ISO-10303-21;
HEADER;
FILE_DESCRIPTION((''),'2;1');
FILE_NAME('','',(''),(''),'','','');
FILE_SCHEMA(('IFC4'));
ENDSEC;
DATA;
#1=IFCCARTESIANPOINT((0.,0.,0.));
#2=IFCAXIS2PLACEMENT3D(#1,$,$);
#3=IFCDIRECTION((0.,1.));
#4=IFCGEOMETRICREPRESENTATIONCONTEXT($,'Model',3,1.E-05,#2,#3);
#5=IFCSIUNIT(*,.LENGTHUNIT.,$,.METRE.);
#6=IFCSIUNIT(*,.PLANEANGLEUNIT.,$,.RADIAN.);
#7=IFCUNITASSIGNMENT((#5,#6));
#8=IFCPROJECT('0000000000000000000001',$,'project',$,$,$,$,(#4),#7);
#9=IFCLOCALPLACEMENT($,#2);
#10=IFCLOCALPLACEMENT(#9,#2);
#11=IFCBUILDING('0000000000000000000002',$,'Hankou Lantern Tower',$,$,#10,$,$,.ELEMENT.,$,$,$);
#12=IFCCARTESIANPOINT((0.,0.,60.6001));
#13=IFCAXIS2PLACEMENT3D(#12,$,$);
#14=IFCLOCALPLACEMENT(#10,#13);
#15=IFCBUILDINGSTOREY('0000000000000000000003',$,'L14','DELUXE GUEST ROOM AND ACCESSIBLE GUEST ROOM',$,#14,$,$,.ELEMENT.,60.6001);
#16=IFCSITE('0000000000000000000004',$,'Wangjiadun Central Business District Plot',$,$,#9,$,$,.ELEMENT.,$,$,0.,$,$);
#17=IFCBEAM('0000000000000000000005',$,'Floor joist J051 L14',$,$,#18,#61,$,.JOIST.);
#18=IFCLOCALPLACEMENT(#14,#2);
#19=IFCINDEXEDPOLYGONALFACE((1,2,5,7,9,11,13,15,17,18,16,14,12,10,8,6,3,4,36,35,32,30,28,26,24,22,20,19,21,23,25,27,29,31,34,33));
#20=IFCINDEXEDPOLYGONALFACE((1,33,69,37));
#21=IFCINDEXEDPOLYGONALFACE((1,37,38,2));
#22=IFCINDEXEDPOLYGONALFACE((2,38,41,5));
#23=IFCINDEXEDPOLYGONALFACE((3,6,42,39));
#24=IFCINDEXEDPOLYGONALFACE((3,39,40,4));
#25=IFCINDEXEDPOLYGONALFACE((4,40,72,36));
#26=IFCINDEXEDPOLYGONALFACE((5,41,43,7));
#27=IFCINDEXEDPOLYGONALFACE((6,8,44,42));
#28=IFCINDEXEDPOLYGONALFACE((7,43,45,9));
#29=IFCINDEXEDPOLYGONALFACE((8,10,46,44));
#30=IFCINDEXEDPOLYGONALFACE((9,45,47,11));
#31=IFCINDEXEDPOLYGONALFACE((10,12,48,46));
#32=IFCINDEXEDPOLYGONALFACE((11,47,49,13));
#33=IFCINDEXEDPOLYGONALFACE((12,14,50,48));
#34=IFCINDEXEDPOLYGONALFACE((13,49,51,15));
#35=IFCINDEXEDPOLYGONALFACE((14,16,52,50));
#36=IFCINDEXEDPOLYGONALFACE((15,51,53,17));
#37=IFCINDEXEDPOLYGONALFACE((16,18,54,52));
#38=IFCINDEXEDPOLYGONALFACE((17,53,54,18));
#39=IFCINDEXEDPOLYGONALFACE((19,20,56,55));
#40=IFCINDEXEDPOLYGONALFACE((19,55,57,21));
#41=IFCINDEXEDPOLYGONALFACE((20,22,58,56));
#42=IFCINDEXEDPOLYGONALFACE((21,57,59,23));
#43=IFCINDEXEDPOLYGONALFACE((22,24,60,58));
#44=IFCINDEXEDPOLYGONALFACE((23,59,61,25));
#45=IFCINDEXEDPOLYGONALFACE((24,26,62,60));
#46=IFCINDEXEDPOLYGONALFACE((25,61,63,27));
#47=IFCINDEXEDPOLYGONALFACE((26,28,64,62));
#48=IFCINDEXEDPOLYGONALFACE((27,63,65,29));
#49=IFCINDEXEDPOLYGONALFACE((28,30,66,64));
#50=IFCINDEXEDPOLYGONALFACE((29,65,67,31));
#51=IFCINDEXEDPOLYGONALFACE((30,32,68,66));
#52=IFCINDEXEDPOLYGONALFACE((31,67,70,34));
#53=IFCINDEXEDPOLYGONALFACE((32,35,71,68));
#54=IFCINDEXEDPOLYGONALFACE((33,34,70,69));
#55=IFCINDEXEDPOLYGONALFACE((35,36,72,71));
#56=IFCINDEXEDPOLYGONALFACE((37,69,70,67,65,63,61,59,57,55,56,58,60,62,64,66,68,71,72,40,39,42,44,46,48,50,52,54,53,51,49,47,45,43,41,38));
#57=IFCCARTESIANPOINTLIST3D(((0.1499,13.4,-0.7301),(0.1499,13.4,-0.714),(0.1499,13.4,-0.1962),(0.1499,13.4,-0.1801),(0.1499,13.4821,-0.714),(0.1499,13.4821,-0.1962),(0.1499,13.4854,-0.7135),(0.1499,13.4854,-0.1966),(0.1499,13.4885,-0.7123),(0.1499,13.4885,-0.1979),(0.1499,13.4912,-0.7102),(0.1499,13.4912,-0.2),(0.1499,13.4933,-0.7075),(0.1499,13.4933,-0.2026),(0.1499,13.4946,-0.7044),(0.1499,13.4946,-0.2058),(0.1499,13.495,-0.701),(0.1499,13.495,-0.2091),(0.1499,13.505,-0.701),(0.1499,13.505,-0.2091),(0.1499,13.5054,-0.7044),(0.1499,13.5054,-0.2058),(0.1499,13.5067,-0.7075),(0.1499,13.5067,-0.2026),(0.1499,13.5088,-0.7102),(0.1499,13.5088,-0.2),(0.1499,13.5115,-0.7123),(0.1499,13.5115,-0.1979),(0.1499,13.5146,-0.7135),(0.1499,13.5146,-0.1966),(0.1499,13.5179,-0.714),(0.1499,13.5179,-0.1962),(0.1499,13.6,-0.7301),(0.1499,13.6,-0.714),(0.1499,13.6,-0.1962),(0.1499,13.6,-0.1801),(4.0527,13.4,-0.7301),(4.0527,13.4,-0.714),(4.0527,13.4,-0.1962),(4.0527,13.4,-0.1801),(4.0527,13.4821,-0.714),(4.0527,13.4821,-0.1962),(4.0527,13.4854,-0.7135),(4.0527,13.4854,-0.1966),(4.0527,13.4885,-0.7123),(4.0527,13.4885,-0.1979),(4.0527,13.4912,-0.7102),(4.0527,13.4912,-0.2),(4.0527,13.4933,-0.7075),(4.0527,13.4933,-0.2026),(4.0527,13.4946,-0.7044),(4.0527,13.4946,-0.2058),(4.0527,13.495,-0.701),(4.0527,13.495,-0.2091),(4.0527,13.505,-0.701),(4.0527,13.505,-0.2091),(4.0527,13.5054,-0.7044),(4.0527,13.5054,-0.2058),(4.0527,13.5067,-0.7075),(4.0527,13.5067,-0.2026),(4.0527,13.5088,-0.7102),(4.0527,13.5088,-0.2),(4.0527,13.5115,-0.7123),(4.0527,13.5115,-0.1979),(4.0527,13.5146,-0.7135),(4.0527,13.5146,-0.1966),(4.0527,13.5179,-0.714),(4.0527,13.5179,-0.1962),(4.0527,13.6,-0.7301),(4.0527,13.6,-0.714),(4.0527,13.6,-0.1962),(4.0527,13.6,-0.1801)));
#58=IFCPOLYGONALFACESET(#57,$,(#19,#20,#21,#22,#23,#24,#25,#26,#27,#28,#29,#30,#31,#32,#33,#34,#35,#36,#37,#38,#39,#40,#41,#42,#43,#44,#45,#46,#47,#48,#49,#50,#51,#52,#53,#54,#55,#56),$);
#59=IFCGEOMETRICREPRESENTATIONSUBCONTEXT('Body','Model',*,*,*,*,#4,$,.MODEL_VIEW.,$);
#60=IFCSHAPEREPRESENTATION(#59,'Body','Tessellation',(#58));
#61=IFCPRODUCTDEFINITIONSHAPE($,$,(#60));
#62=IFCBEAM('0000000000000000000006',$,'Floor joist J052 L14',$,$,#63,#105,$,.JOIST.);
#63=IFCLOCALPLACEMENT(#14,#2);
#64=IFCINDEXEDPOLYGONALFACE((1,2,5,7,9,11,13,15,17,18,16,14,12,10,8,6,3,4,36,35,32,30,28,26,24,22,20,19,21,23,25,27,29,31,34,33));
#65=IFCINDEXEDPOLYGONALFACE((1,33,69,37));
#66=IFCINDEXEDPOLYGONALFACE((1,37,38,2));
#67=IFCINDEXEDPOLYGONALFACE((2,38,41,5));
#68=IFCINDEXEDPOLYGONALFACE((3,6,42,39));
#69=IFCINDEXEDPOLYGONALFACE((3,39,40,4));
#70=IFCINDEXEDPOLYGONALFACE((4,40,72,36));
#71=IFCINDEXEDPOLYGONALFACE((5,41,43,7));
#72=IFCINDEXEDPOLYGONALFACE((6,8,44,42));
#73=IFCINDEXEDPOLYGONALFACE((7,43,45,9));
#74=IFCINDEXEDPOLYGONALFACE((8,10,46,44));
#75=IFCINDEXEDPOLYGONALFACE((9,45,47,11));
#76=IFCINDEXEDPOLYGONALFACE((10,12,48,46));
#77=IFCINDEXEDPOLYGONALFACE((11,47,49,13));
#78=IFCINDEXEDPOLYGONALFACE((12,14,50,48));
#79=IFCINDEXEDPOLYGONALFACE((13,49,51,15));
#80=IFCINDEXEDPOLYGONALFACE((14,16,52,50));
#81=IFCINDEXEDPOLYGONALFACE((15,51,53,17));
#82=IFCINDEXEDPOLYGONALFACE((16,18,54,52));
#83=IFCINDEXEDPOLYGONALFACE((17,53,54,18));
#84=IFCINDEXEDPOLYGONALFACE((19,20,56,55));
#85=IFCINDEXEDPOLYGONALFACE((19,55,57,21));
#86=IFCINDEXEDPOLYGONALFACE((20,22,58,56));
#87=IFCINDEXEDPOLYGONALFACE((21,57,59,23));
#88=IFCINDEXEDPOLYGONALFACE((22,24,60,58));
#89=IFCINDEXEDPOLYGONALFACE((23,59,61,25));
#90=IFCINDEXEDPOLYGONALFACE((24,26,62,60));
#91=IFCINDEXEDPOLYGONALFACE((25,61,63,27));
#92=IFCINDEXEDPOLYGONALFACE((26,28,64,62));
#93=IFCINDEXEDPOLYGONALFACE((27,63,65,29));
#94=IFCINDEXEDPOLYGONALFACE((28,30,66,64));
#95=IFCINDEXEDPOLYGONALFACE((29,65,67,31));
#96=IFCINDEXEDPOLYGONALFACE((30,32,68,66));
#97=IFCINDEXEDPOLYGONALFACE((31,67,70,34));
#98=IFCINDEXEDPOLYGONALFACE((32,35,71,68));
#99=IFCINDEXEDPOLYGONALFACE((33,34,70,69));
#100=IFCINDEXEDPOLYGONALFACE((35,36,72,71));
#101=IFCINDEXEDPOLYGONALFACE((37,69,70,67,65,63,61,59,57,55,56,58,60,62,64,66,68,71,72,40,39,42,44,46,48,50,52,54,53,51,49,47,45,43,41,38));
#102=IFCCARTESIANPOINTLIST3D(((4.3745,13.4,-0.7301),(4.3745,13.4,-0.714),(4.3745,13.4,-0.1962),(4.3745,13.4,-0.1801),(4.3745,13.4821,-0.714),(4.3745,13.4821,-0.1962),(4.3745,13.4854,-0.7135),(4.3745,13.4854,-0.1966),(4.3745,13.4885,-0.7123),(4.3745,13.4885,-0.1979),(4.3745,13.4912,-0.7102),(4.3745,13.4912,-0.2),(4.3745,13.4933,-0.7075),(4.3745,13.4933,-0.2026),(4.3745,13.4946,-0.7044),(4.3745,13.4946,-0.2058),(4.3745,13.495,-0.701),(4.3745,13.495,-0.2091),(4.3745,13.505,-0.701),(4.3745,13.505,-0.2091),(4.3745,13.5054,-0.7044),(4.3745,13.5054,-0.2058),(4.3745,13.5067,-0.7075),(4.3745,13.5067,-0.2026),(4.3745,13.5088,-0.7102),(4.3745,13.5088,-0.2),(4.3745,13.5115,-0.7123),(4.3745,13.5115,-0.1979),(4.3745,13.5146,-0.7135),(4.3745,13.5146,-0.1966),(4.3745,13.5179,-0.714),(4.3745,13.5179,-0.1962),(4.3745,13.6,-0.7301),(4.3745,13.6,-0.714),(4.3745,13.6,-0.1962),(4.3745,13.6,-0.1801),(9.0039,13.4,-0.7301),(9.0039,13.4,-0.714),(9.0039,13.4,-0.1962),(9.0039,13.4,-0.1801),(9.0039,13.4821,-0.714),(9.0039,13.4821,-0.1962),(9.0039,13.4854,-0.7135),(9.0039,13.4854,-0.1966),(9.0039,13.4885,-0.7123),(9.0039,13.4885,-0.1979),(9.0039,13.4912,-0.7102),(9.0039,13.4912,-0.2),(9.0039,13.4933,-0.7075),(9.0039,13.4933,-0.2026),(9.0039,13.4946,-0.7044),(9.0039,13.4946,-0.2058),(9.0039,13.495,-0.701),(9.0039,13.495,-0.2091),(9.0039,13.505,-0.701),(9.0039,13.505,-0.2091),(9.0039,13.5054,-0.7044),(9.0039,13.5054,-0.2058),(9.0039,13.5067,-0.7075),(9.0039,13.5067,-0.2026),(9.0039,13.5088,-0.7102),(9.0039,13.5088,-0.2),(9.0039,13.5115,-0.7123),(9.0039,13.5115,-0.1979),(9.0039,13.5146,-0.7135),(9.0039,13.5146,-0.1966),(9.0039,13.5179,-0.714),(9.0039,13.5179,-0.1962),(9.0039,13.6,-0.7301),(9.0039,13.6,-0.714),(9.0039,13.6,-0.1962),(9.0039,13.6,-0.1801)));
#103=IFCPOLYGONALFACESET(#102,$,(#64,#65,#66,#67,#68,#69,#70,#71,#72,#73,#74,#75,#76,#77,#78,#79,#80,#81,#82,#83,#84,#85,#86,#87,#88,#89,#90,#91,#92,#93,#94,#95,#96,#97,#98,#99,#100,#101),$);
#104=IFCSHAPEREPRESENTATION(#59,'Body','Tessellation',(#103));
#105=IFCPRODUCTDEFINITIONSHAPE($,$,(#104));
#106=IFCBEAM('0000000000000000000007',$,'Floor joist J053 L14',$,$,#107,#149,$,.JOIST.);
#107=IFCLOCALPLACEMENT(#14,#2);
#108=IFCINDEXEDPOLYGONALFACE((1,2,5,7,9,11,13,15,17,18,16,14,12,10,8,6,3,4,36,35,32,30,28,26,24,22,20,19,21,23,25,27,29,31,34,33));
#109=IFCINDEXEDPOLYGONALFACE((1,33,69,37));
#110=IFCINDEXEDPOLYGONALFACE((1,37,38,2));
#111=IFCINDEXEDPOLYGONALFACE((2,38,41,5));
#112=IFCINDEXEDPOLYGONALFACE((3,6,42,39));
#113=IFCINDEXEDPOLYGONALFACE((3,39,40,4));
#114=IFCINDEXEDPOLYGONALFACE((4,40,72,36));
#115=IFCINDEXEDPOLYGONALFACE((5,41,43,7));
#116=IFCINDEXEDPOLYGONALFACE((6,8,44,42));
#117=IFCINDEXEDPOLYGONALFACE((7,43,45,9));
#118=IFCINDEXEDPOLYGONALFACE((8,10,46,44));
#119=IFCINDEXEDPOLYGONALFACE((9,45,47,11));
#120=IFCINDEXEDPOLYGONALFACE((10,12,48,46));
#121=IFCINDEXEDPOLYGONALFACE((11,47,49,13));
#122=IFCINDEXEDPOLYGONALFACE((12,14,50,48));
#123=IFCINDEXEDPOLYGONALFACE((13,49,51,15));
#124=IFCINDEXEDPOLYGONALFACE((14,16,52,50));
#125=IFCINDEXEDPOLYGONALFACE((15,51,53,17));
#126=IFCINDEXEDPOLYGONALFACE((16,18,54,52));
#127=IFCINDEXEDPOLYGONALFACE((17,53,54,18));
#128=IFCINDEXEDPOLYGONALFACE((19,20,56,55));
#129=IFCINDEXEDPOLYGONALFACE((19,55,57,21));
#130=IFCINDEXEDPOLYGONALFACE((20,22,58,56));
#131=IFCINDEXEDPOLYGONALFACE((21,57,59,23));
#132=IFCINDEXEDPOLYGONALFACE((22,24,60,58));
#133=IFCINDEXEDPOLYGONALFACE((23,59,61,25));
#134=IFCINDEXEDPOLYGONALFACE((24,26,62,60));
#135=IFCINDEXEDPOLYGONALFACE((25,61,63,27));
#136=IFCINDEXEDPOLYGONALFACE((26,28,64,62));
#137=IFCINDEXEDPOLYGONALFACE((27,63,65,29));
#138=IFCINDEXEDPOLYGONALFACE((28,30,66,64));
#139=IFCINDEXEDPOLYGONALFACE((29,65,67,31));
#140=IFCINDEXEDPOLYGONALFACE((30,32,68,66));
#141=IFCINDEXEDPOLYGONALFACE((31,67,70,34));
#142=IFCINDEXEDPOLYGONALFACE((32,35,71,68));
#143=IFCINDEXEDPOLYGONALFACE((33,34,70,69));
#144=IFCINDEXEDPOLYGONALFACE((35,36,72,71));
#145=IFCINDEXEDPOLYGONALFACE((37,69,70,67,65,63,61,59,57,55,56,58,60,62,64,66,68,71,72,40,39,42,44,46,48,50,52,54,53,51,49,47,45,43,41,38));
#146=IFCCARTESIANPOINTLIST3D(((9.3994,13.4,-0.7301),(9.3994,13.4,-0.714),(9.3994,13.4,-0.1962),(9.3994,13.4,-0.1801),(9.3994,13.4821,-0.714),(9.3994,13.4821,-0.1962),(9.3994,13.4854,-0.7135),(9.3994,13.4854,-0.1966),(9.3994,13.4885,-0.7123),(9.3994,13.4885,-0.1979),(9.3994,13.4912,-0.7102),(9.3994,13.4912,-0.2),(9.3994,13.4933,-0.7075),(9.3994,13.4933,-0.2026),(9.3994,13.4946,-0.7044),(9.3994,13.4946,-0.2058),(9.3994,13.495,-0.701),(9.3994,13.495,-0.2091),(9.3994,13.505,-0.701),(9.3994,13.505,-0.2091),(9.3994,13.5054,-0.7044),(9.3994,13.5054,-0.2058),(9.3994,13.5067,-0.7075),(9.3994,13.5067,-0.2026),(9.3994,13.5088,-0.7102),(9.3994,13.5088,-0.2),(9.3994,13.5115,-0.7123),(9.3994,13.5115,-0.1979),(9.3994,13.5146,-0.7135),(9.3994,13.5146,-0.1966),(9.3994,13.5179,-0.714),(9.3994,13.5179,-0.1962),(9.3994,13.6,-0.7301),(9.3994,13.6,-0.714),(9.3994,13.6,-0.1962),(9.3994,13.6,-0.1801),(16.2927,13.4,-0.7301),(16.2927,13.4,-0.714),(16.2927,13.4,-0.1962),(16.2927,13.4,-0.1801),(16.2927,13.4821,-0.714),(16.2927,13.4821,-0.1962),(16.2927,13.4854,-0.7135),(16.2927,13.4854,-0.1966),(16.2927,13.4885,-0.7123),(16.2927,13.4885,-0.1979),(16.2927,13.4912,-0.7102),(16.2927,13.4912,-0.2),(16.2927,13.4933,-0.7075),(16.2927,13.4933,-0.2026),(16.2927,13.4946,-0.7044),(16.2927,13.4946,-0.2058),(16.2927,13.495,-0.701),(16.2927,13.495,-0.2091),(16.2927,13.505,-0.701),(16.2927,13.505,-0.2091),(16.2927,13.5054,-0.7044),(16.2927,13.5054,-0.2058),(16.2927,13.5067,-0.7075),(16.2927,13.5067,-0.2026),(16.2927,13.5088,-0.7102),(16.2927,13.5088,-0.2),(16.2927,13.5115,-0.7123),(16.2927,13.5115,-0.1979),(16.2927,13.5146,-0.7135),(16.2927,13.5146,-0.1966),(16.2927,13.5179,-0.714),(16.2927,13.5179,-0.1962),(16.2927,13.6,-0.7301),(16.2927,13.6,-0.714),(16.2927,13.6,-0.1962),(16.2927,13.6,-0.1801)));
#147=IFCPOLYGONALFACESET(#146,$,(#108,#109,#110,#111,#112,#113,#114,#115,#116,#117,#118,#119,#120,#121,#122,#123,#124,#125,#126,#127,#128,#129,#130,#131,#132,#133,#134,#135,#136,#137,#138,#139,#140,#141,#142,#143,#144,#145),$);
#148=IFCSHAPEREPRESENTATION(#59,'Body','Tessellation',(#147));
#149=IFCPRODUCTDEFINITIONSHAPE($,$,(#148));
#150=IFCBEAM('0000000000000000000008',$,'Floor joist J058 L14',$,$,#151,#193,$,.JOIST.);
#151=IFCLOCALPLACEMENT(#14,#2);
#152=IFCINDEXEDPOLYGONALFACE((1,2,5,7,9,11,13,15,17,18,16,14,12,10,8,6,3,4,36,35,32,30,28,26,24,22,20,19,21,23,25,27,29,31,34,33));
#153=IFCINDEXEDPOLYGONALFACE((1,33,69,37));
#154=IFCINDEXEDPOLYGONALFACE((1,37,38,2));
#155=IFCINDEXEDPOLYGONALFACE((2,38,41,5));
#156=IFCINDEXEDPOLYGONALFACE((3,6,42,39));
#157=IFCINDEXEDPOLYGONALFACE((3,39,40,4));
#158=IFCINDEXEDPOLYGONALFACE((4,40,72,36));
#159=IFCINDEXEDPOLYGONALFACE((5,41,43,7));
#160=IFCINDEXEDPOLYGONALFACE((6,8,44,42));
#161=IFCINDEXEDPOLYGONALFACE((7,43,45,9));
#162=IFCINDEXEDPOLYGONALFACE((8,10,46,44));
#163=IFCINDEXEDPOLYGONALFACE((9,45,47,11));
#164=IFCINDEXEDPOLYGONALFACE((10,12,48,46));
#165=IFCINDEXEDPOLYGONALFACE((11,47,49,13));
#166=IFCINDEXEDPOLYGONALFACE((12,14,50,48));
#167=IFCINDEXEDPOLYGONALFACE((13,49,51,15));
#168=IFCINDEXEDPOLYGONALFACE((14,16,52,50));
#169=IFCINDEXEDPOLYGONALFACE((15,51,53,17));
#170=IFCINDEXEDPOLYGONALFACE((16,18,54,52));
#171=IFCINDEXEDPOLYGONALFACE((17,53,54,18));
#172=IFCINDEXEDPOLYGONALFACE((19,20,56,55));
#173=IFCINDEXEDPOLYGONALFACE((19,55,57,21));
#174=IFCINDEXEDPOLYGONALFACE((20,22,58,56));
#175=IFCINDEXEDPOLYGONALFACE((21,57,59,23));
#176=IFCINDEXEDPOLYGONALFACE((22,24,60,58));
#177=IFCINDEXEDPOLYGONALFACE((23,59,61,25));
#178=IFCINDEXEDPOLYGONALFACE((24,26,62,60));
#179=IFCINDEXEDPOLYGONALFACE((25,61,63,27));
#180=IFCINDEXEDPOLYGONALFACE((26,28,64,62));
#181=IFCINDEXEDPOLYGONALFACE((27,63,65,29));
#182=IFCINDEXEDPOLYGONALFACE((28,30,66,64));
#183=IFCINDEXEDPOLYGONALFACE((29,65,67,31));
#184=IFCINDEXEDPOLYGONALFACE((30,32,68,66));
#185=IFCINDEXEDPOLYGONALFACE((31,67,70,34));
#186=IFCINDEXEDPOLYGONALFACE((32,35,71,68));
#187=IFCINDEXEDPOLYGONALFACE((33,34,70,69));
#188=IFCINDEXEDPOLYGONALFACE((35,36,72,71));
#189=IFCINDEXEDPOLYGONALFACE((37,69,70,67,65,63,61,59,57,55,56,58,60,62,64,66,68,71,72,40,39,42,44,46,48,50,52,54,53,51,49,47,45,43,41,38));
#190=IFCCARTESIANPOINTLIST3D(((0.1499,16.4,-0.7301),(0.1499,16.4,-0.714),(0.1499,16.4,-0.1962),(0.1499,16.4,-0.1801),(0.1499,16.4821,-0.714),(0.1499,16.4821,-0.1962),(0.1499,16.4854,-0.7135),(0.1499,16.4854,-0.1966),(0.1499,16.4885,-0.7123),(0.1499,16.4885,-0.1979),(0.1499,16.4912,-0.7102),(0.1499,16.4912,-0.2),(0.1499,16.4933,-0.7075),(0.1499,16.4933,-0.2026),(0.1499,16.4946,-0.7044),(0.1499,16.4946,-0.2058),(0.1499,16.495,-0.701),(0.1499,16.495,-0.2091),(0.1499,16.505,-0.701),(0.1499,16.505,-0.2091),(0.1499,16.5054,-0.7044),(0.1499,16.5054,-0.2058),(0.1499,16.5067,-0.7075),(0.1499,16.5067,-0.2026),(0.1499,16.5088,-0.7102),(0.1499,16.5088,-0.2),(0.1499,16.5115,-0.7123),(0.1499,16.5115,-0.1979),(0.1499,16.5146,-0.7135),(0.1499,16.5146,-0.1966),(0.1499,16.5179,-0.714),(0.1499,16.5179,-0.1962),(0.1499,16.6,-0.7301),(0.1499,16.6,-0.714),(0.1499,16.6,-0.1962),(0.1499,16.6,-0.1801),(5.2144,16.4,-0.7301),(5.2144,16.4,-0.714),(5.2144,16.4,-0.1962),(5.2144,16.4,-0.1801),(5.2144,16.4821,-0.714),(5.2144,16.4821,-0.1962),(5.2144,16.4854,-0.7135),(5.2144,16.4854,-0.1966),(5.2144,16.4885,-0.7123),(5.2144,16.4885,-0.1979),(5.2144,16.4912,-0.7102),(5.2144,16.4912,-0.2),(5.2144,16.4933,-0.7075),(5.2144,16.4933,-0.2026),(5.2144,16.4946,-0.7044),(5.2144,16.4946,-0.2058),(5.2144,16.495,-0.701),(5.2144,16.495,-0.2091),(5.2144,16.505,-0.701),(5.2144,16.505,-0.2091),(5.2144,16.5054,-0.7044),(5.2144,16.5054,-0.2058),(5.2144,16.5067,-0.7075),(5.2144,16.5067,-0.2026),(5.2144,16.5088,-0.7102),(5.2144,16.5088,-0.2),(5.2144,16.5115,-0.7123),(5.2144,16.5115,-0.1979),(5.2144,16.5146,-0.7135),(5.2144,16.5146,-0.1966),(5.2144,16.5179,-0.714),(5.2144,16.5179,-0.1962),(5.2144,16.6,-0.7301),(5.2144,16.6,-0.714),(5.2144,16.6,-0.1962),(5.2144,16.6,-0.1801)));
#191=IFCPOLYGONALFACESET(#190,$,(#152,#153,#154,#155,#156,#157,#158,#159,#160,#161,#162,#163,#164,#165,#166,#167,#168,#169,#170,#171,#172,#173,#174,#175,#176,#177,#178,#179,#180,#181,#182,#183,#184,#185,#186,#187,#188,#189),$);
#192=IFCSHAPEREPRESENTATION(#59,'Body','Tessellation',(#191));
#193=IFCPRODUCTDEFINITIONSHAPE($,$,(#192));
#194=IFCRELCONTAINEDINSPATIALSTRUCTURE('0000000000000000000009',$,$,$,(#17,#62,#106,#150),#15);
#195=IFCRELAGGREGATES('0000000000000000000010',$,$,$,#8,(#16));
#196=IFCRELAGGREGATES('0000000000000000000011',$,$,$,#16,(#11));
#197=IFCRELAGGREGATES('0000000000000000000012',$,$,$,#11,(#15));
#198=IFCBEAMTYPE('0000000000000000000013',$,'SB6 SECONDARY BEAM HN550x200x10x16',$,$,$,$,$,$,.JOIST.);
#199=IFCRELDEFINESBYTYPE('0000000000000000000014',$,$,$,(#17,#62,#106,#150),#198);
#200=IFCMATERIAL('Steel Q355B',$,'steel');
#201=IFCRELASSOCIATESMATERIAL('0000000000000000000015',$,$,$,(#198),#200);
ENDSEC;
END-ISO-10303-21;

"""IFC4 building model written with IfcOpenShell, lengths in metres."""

from ifc_helpers import new_model, si_unit, direction, frame, origin, origin_2d, place, context, subcontext, project, spatial, i_section, extrude, material, material_profile, profile_set, type_object, element, save


model = new_model("IFC4")

# Units and contexts
model_context = context("Model", 3, precision=1e-05, world=origin(), true_north=direction((0.0, 1.0)))
body_context = subcontext(model_context, "Body", "Model", "MODEL_VIEW")
ifc_project = project(units=[si_unit("LENGTHUNIT", "METRE"), si_unit("PLANEANGLEUNIT", "RADIAN")], contexts=[model_context])

# Site, building, storey
site_placement = place(None, origin())
site = spatial("IfcSite", under=ifc_project, at=site_placement, Name="Wangjiadun Central Business District Plot", CompositionType="ELEMENT", RefElevation=0.0)
building_placement = place(site_placement, origin())
building = spatial("IfcBuilding", under=site, at=building_placement, Name="Hankou Lantern Tower", CompositionType="ELEMENT")
storey_placement = place(building_placement, frame((0.0, 0.0, 60.6001)))
storey = spatial("IfcBuildingStorey", under=building, at=storey_placement, Name="L14", Description="DELUXE GUEST ROOM AND ACCESSIBLE GUEST ROOM", CompositionType="ELEMENT", Elevation=60.6001)

# Beams
ifc_material_1 = material(Name="Steel Q355B", Category="steel")
ifc_material_profile_1 = material_profile(ifc_material_1, i_section(OverallWidth=0.2, OverallDepth=0.55, WebThickness=0.01, FlangeThickness=0.0161, FilletRadius=0.0129, at=origin_2d()), Name="HN550x200x10x16")
ifc_profile_set_1 = profile_set([ifc_material_profile_1], Name="Steel Q355B")
beam_type_1 = type_object("IfcBeamType", Name="SB6 SECONDARY BEAM HN550x200x10x16", PredefinedType="JOIST", material=ifc_profile_set_1)
beam_1_placement = place(storey_placement, frame((0.1499, 13.5, -0.4551), z_axis=(1.0, 0.0, 0.0), x_axis=(0.0, 1.0, 0.0)))
element("IfcBeam", 1, at=beam_1_placement, inside=storey, type_object=beam_type_1, Name="Floor joist J051 L14", PredefinedType="JOIST", context=body_context, shape_type="SweptSolid", body=[
    extrude(i_section(OverallWidth=0.2, OverallDepth=0.55, WebThickness=0.01, FlangeThickness=0.0161, FilletRadius=0.0129, at=origin_2d()), origin(), (0.0, 0.0, 1.0), 3.9028),
])
beam_2_placement = place(storey_placement, frame((4.3745, 13.5, -0.4551), z_axis=(1.0, 0.0, 0.0), x_axis=(0.0, 1.0, 0.0)))
element("IfcBeam", 2, at=beam_2_placement, inside=storey, type_object=beam_type_1, Name="Floor joist J052 L14", PredefinedType="JOIST", context=body_context, shape_type="SweptSolid", body=[
    extrude(i_section(OverallWidth=0.2, OverallDepth=0.55, WebThickness=0.01, FlangeThickness=0.0161, FilletRadius=0.0129, at=origin_2d()), origin(), (0.0, 0.0, 1.0), 4.6294),
])
beam_3_placement = place(storey_placement, frame((9.3994, 13.5, -0.4551), z_axis=(1.0, 0.0, 0.0), x_axis=(0.0, 1.0, 0.0)))
element("IfcBeam", 3, at=beam_3_placement, inside=storey, type_object=beam_type_1, Name="Floor joist J053 L14", PredefinedType="JOIST", context=body_context, shape_type="SweptSolid", body=[
    extrude(i_section(OverallWidth=0.2, OverallDepth=0.55, WebThickness=0.01, FlangeThickness=0.0161, FilletRadius=0.0129, at=origin_2d()), origin(), (0.0, 0.0, 1.0), 6.8933),
])
beam_4_placement = place(storey_placement, frame((0.1499, 16.5, -0.4551), z_axis=(1.0, 0.0, 0.0), x_axis=(0.0, 1.0, 0.0)))
element("IfcBeam", 4, at=beam_4_placement, inside=storey, type_object=beam_type_1, Name="Floor joist J058 L14", PredefinedType="JOIST", context=body_context, shape_type="SweptSolid", body=[
    extrude(i_section(OverallWidth=0.2, OverallDepth=0.55, WebThickness=0.01, FlangeThickness=0.0161, FilletRadius=0.0129, at=origin_2d()), origin(), (0.0, 0.0, 1.0), 5.0645),
])

save(model, "model.ifc")
